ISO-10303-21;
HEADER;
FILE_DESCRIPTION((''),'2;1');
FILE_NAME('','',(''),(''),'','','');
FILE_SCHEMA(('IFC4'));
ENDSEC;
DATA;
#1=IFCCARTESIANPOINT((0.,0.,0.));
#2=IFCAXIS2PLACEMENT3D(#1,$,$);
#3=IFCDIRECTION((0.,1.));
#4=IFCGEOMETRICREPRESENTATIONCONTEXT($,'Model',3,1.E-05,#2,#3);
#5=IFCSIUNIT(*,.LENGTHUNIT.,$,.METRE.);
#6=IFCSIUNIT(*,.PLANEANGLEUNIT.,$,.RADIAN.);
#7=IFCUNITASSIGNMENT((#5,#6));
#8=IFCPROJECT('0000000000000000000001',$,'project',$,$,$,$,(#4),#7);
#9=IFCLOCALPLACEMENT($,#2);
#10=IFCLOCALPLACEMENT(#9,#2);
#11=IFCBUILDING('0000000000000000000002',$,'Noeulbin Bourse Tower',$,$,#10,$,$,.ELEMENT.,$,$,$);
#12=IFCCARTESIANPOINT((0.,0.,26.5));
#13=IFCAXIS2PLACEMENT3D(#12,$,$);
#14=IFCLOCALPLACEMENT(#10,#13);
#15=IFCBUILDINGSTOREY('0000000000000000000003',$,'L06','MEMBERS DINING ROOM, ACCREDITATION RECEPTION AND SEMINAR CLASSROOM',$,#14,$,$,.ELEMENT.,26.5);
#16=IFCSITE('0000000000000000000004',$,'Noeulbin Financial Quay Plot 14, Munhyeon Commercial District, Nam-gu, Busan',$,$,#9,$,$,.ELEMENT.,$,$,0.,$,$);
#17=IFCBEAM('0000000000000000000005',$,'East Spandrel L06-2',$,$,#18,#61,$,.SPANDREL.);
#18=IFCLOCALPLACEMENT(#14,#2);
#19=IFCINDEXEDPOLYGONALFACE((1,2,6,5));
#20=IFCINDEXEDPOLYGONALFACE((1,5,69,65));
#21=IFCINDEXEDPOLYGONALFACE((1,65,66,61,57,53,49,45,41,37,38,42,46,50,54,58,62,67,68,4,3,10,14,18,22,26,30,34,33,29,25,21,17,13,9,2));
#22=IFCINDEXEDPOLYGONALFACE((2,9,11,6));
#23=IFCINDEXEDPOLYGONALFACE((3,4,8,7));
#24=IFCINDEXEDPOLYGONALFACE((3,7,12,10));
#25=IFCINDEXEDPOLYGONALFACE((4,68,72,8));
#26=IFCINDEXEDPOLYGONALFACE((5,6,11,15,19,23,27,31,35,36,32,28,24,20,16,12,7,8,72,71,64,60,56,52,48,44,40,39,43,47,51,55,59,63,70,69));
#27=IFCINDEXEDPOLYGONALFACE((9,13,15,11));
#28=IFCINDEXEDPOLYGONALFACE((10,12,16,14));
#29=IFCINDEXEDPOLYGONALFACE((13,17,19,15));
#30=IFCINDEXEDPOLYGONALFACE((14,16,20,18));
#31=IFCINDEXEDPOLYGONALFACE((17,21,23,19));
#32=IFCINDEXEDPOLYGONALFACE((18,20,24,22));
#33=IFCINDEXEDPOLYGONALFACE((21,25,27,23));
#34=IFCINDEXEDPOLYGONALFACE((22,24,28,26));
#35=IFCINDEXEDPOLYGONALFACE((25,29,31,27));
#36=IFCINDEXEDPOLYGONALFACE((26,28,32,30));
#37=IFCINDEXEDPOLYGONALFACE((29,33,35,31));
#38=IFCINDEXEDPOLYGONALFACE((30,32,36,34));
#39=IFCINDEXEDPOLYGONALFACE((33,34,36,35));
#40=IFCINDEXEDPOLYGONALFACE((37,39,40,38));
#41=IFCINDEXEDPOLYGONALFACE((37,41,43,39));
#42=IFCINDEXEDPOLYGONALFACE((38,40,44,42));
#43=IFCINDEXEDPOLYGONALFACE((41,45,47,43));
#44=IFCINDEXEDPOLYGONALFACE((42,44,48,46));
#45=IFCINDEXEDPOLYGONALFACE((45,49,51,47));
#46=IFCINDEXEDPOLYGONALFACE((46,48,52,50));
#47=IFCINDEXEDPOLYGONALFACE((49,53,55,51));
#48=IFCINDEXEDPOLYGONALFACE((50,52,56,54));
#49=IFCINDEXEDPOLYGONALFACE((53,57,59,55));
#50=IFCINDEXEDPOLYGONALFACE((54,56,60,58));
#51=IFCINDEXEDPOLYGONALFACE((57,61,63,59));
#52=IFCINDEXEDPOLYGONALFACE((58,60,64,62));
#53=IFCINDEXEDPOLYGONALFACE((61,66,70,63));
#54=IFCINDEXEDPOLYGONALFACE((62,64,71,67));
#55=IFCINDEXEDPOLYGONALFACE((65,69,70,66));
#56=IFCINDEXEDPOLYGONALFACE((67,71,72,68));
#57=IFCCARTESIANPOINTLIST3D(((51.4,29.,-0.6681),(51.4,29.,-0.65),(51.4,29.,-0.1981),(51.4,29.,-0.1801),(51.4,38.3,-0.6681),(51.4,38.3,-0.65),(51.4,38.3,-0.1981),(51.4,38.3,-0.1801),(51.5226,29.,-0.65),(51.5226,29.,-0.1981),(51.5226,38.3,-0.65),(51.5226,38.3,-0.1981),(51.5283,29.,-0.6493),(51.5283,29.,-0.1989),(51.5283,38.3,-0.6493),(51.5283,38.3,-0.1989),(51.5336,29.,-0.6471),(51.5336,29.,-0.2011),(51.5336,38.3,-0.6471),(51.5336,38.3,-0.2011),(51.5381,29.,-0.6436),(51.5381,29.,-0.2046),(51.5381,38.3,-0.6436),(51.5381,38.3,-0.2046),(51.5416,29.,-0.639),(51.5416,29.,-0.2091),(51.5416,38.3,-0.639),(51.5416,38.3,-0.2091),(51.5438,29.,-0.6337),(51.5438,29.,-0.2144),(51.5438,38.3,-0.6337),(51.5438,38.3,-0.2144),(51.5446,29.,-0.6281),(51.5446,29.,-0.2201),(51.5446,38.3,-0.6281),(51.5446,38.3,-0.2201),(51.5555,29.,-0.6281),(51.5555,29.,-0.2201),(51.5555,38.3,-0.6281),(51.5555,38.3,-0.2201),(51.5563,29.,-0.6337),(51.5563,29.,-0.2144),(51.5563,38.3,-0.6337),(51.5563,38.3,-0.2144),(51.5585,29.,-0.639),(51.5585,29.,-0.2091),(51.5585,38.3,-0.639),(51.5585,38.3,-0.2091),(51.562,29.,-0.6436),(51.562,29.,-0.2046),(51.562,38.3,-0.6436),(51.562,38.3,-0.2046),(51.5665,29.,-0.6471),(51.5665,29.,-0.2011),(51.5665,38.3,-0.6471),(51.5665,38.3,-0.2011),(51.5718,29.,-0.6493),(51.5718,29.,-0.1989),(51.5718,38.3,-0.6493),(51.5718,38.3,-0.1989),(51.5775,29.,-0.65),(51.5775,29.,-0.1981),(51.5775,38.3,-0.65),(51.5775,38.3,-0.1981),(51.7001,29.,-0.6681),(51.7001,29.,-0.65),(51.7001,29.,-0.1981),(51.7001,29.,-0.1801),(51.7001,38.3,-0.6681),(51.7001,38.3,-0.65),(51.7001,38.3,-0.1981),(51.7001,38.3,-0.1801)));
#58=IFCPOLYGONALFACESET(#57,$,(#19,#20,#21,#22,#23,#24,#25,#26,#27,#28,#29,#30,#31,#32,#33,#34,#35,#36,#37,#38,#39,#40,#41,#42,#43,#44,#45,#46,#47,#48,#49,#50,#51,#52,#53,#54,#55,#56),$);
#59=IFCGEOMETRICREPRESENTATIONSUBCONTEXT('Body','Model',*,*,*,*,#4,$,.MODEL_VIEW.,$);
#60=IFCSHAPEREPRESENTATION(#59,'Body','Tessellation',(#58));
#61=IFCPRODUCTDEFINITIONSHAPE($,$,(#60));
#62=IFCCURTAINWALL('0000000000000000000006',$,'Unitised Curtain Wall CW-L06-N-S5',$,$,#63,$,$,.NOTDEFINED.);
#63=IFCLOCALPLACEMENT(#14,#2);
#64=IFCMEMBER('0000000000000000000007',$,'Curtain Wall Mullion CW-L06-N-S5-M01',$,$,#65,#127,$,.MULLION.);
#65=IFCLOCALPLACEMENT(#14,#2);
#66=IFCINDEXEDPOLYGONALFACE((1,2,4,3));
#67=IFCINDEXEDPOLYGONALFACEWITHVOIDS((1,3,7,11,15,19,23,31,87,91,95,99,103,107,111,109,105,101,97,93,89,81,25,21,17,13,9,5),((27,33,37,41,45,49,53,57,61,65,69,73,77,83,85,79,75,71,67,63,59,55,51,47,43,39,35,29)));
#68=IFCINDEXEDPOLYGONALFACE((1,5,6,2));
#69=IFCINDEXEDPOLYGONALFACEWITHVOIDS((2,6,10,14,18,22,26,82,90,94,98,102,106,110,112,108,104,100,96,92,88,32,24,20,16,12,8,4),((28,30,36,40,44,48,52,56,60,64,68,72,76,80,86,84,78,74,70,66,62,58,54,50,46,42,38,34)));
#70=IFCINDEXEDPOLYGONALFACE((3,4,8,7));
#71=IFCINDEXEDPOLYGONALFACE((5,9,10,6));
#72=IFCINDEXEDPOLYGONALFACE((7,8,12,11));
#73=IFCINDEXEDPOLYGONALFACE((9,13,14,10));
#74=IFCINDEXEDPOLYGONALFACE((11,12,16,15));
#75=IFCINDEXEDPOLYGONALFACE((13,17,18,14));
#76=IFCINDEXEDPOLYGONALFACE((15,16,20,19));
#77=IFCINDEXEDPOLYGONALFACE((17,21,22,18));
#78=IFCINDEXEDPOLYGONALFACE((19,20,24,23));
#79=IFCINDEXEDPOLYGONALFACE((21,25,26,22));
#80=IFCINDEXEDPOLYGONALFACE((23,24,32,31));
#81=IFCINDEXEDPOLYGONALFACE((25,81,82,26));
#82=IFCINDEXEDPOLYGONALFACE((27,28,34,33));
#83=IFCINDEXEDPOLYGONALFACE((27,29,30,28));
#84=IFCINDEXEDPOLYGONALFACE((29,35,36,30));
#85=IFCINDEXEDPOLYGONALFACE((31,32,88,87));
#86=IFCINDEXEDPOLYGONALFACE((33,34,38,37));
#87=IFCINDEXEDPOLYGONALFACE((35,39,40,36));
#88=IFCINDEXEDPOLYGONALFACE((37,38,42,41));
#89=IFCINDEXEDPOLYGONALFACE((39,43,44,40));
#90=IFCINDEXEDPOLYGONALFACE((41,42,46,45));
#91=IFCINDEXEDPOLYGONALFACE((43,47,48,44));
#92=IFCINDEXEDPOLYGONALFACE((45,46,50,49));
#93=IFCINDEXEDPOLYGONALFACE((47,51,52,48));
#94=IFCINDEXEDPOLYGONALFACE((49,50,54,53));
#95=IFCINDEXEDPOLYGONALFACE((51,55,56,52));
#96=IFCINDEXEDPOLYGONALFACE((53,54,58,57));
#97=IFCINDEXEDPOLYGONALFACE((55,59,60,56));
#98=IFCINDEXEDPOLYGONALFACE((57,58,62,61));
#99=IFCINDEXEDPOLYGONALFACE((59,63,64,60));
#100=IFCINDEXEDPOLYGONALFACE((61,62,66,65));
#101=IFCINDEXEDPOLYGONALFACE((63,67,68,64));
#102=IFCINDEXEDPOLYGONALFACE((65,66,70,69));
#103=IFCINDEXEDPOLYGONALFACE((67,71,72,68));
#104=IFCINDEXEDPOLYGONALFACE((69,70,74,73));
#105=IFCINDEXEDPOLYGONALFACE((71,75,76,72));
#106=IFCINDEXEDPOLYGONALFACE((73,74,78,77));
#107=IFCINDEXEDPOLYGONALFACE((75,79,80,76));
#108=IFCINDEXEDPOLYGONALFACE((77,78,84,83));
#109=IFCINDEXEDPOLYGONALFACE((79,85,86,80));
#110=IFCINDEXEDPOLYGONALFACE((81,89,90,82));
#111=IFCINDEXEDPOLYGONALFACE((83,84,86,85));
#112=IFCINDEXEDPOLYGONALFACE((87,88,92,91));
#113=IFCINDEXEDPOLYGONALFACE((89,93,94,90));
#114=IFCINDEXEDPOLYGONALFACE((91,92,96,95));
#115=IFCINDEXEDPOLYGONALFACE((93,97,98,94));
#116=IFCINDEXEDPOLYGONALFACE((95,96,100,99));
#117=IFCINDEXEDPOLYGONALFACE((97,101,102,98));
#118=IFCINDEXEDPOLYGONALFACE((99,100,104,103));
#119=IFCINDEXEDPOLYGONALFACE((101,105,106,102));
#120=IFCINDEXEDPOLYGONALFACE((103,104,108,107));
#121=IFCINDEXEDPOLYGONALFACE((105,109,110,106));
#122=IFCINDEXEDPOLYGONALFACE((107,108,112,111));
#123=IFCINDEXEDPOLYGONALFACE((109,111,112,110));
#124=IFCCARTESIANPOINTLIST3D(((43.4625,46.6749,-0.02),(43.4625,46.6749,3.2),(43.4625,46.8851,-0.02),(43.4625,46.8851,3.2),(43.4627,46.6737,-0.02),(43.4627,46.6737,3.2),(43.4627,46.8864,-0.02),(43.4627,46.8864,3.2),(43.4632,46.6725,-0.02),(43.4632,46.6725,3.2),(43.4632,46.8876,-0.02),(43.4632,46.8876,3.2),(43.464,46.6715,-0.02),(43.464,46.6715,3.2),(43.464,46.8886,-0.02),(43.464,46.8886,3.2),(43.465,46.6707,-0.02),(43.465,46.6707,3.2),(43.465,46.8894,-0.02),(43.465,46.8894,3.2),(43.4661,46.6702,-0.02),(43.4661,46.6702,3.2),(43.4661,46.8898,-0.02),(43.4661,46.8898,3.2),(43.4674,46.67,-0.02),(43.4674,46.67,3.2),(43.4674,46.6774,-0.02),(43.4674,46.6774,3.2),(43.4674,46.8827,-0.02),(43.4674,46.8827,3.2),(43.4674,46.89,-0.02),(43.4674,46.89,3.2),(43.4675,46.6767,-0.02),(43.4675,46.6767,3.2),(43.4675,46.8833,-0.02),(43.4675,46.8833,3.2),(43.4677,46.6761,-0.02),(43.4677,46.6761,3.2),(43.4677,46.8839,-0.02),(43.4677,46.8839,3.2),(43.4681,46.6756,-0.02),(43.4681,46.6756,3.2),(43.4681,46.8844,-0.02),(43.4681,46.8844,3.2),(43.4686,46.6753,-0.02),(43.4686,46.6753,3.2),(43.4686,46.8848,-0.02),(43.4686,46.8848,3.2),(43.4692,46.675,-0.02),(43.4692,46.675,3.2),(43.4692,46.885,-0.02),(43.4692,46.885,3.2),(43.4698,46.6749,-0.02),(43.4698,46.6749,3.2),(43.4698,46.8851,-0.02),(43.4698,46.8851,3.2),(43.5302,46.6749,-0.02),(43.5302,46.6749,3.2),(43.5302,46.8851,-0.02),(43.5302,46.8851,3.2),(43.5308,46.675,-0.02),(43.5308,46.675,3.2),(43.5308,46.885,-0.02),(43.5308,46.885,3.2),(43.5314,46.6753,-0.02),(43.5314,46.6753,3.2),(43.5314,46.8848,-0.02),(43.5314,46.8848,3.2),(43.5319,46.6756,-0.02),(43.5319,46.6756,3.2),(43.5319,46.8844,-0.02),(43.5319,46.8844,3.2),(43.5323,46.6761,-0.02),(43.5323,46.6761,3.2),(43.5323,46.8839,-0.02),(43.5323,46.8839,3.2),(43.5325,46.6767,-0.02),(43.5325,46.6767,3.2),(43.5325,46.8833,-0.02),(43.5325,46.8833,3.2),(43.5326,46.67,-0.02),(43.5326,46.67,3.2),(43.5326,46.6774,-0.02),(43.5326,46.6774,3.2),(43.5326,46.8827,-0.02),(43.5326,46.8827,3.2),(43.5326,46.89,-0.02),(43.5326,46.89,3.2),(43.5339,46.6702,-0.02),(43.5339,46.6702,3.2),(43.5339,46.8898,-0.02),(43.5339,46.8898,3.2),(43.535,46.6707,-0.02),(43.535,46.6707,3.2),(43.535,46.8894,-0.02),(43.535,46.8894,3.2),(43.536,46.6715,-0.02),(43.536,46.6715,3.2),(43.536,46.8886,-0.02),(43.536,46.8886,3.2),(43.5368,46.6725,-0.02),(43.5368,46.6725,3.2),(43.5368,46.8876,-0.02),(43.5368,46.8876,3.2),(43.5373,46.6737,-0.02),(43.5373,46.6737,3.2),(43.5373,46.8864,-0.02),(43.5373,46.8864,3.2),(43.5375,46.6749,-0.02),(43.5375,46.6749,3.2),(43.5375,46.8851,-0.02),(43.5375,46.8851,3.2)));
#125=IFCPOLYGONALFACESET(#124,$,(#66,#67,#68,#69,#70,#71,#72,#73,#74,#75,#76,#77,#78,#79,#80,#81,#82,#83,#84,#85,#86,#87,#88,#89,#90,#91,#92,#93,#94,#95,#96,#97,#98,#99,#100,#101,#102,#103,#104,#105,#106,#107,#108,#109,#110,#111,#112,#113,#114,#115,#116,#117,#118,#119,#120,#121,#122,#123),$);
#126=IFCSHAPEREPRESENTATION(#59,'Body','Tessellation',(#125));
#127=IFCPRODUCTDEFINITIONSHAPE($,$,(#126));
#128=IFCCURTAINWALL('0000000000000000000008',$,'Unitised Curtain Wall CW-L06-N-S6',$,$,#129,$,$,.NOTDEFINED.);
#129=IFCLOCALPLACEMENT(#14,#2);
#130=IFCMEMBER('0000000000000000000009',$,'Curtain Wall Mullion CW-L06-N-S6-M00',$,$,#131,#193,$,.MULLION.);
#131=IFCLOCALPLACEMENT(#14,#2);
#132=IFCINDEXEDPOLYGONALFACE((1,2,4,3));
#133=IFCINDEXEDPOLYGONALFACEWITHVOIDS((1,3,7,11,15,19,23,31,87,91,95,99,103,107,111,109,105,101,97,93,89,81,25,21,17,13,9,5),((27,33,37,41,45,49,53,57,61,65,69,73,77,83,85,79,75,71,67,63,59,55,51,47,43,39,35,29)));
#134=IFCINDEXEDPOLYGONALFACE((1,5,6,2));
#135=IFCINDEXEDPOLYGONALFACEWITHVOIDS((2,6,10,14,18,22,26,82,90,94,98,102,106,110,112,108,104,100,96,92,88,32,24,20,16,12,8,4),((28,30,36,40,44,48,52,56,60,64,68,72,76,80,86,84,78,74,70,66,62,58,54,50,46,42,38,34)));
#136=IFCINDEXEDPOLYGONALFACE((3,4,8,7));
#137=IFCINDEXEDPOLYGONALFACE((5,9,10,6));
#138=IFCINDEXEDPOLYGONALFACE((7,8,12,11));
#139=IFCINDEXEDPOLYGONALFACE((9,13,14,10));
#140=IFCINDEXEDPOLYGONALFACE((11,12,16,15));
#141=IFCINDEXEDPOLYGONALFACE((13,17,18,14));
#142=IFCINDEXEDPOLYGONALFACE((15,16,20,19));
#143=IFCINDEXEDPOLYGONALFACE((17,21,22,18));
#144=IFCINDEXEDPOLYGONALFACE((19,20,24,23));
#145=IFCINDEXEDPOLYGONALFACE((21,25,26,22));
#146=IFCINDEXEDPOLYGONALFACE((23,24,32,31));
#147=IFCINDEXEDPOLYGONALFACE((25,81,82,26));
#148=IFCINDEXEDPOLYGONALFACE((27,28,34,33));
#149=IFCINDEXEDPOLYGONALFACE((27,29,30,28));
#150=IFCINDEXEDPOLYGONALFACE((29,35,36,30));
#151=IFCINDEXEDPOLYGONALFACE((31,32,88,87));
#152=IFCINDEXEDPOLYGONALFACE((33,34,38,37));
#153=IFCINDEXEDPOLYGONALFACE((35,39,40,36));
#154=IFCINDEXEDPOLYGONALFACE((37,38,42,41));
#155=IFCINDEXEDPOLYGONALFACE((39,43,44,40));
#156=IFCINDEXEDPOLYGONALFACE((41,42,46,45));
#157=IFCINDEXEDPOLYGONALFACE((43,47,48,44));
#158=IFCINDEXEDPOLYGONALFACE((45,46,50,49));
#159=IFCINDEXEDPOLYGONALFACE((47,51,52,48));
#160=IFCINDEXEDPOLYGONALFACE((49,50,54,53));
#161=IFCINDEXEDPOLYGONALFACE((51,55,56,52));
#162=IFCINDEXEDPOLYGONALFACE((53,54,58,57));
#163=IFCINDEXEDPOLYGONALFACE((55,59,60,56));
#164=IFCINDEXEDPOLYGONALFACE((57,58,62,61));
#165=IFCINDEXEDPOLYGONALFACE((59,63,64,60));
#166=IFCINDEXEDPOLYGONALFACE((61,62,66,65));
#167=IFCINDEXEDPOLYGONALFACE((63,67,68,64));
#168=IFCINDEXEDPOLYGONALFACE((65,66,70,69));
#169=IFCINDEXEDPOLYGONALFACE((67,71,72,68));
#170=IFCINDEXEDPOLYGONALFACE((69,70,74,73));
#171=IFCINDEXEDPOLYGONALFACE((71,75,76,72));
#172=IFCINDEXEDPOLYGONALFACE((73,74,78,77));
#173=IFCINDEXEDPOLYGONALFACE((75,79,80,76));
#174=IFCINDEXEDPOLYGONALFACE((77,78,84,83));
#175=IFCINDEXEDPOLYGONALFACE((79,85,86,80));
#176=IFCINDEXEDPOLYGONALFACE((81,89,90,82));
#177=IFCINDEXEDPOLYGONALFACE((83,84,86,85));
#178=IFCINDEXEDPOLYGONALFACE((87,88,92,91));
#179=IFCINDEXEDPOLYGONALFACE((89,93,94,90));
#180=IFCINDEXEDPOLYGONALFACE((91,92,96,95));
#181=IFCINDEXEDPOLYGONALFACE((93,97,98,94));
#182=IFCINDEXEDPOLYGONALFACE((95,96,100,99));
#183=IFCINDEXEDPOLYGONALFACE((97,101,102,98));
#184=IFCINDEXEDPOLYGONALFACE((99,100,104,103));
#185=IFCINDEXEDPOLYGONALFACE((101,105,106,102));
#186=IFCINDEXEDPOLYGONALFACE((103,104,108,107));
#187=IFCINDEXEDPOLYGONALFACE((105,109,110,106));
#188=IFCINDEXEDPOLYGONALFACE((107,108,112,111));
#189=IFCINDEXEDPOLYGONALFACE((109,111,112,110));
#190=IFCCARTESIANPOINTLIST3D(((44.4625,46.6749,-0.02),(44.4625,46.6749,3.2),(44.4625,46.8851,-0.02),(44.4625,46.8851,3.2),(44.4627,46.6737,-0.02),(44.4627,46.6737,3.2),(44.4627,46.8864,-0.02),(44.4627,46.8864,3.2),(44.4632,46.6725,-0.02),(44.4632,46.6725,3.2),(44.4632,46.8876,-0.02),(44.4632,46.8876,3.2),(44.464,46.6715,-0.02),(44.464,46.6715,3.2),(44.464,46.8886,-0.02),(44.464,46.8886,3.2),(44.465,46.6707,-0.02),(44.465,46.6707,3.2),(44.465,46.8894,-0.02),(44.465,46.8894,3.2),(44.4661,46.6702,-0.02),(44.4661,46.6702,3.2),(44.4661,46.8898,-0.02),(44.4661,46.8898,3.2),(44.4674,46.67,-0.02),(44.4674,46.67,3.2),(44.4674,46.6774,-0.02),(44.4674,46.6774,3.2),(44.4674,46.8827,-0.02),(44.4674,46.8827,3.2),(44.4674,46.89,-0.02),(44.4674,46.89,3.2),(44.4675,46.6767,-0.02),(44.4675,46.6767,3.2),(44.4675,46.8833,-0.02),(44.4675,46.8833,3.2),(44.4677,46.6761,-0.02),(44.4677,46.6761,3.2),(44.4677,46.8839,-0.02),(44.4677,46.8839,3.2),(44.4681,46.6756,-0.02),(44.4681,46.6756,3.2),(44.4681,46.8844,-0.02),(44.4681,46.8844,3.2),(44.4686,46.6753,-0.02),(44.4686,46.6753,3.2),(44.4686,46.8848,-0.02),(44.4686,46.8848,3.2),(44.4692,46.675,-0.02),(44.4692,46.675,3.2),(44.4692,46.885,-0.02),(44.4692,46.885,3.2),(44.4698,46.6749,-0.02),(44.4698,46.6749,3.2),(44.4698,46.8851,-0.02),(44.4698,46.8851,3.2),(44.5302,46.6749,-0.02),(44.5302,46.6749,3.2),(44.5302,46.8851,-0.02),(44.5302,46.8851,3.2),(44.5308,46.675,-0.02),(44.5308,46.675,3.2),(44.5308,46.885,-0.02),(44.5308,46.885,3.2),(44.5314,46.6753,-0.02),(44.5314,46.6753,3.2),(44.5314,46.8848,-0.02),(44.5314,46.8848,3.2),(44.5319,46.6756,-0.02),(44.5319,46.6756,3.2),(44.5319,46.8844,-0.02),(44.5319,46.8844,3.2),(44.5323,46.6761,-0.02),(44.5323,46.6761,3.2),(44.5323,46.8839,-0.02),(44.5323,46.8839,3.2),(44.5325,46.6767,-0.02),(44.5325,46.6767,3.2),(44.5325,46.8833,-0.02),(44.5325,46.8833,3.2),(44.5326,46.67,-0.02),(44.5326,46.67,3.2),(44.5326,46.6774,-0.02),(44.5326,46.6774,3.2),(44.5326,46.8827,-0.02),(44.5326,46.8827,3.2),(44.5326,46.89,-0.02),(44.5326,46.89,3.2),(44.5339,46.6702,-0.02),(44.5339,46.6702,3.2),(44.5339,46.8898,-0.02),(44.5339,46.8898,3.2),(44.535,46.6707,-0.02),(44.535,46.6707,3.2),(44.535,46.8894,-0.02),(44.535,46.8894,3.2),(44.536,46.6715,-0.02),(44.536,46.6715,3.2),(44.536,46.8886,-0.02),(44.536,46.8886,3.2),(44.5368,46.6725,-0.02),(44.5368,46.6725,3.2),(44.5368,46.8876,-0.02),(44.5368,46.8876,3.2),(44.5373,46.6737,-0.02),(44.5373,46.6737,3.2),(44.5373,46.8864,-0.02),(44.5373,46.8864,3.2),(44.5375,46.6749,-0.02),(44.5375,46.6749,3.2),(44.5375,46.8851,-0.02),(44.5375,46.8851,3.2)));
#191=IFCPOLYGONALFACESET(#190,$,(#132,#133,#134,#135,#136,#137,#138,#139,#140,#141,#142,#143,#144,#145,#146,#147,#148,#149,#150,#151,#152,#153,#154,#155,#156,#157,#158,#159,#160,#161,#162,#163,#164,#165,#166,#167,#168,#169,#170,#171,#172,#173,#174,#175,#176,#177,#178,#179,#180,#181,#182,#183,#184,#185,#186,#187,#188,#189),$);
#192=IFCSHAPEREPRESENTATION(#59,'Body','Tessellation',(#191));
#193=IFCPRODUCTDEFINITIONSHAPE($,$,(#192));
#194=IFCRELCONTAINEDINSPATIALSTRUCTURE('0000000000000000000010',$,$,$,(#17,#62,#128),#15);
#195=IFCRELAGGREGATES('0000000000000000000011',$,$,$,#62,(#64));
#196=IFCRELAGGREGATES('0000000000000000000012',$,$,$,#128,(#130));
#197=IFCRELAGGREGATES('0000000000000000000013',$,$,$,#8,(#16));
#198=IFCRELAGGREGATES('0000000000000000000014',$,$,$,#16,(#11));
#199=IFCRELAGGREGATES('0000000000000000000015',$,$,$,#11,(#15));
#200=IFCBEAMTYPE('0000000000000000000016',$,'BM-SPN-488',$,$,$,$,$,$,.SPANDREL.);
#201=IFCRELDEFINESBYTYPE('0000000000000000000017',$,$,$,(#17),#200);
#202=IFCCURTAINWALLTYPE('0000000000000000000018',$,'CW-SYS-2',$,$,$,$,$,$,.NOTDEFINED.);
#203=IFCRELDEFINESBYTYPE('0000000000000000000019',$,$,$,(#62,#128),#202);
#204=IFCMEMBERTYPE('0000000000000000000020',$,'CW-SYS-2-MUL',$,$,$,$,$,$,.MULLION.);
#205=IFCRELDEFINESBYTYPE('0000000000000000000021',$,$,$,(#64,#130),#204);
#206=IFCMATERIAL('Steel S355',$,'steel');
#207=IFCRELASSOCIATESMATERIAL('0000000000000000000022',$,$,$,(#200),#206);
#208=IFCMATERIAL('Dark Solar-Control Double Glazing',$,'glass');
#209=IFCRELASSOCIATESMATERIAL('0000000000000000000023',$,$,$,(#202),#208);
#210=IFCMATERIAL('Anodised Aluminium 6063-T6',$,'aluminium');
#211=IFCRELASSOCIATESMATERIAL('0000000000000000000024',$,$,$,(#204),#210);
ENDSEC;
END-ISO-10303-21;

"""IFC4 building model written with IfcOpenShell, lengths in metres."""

from ifc_helpers import new_model, si_unit, direction, frame, origin, origin_2d, place, context, subcontext, project, spatial, hollow_rectangle, i_section, extrude, material, material_profile, profile_set, type_object, element, aggregate, save


model = new_model("IFC4")

# Units and contexts
model_context = context("Model", 3, precision=1e-05, world=origin(), true_north=direction((0.0, 1.0)))
body_context = subcontext(model_context, "Body", "Model", "MODEL_VIEW")
ifc_project = project(units=[si_unit("LENGTHUNIT", "METRE"), si_unit("PLANEANGLEUNIT", "RADIAN")], contexts=[model_context])

# Site, building, storey
site_placement = place(None, origin())
site = spatial("IfcSite", under=ifc_project, at=site_placement, Name="Noeulbin Financial Quay Plot 14, Munhyeon Commercial District, Nam-gu, Busan", CompositionType="ELEMENT", RefElevation=0.0)
building_placement = place(site_placement, origin())
building = spatial("IfcBuilding", under=site, at=building_placement, Name="Noeulbin Bourse Tower", CompositionType="ELEMENT")
storey_placement = place(building_placement, frame((0.0, 0.0, 26.5)))
storey = spatial("IfcBuildingStorey", under=building, at=storey_placement, Name="L06", Description="MEMBERS DINING ROOM, ACCREDITATION RECEPTION AND SEMINAR CLASSROOM", CompositionType="ELEMENT", Elevation=26.5)

# Beam
ifc_material_1 = material(Name="Steel S355", Category="steel")
ifc_material_profile_1 = material_profile(ifc_material_1, i_section(OverallWidth=0.3, OverallDepth=0.488, WebThickness=0.011, FlangeThickness=0.0181, FilletRadius=0.022, at=origin_2d()), Name="H-488x300x11x18", Category="LoadBearing")
ifc_profile_set_1 = profile_set([ifc_material_profile_1], Name="Steel S355")
beam_type_1 = type_object("IfcBeamType", Name="BM-SPN-488", PredefinedType="SPANDREL", material=ifc_profile_set_1)
beam_1_placement = place(storey_placement, frame((51.55, 29.0, -0.4241), z_axis=(0.0, 1.0, 0.0), x_axis=(-1.0, 0.0, 0.0)))
element("IfcBeam", 1, at=beam_1_placement, inside=storey, type_object=beam_type_1, Name="East Spandrel L06-2", PredefinedType="SPANDREL", context=body_context, shape_type="SweptSolid", body=[
    extrude(i_section(OverallWidth=0.3, OverallDepth=0.488, WebThickness=0.011, FlangeThickness=0.0181, FilletRadius=0.022, at=origin_2d()), origin(), (0.0, 0.0, 1.0), 9.3),
])

# Curtain wall, member
ifc_material_2 = material(Name="Dark Solar-Control Double Glazing", Category="glass")
curtain_wall_type = type_object("IfcCurtainWallType", Name="CW-SYS-2", PredefinedType="NOTDEFINED", material=ifc_material_2)
curtain_wall_1_placement = place(storey_placement, origin())
curtain_wall_1 = element("IfcCurtainWall", 2, at=curtain_wall_1_placement, inside=storey, type_object=curtain_wall_type, Name="Unitised Curtain Wall CW-L06-N-S5", PredefinedType="NOTDEFINED")
ifc_material_3 = material(Name="Anodised Aluminium 6063-T6", Category="aluminium")
ifc_material_profile_2 = material_profile(ifc_material_3, hollow_rectangle(XDim=0.075, YDim=0.22, WallThickness=0.0049, InnerFilletRadius=0.0024, OuterFilletRadius=0.0049, at=origin_2d()), Name="ALU-MULL-75x220x5", Category="LoadBearing")
ifc_profile_set_2 = profile_set([ifc_material_profile_2], Name="Anodised Aluminium 6063-T6")
member_type_1 = type_object("IfcMemberType", Name="CW-SYS-2-MUL", PredefinedType="MULLION", material=ifc_profile_set_2)
member_1_placement = place(storey_placement, frame((43.5, 46.78, -0.02), z_axis=(0.0, 0.0, 1.0), x_axis=(1.0, 0.0, 0.0)))
member_1 = element("IfcMember", 3, at=member_1_placement, type_object=member_type_1, Name="Curtain Wall Mullion CW-L06-N-S5-M01", PredefinedType="MULLION", context=body_context, shape_type="SweptSolid", body=[
    extrude(hollow_rectangle(XDim=0.075, YDim=0.22, WallThickness=0.0049, InnerFilletRadius=0.0024, OuterFilletRadius=0.0049, at=origin_2d()), origin(), (0.0, 0.0, 1.0), 3.22),
])
aggregate(curtain_wall_1, [member_1])

# Curtain wall, member
curtain_wall_2_placement = place(storey_placement, origin())
curtain_wall_2 = element("IfcCurtainWall", 4, at=curtain_wall_2_placement, inside=storey, type_object=curtain_wall_type, Name="Unitised Curtain Wall CW-L06-N-S6", PredefinedType="NOTDEFINED")
member_2_placement = place(storey_placement, frame((44.5, 46.78, -0.02), z_axis=(0.0, 0.0, 1.0), x_axis=(1.0, 0.0, 0.0)))
member_2 = element("IfcMember", 5, at=member_2_placement, type_object=member_type_1, Name="Curtain Wall Mullion CW-L06-N-S6-M00", PredefinedType="MULLION", context=body_context, shape_type="SweptSolid", body=[
    extrude(hollow_rectangle(XDim=0.075, YDim=0.22, WallThickness=0.0049, InnerFilletRadius=0.0024, OuterFilletRadius=0.0049, at=origin_2d()), origin(), (0.0, 0.0, 1.0), 3.22),
])
aggregate(curtain_wall_2, [member_2])

save(model, "model.ifc")
